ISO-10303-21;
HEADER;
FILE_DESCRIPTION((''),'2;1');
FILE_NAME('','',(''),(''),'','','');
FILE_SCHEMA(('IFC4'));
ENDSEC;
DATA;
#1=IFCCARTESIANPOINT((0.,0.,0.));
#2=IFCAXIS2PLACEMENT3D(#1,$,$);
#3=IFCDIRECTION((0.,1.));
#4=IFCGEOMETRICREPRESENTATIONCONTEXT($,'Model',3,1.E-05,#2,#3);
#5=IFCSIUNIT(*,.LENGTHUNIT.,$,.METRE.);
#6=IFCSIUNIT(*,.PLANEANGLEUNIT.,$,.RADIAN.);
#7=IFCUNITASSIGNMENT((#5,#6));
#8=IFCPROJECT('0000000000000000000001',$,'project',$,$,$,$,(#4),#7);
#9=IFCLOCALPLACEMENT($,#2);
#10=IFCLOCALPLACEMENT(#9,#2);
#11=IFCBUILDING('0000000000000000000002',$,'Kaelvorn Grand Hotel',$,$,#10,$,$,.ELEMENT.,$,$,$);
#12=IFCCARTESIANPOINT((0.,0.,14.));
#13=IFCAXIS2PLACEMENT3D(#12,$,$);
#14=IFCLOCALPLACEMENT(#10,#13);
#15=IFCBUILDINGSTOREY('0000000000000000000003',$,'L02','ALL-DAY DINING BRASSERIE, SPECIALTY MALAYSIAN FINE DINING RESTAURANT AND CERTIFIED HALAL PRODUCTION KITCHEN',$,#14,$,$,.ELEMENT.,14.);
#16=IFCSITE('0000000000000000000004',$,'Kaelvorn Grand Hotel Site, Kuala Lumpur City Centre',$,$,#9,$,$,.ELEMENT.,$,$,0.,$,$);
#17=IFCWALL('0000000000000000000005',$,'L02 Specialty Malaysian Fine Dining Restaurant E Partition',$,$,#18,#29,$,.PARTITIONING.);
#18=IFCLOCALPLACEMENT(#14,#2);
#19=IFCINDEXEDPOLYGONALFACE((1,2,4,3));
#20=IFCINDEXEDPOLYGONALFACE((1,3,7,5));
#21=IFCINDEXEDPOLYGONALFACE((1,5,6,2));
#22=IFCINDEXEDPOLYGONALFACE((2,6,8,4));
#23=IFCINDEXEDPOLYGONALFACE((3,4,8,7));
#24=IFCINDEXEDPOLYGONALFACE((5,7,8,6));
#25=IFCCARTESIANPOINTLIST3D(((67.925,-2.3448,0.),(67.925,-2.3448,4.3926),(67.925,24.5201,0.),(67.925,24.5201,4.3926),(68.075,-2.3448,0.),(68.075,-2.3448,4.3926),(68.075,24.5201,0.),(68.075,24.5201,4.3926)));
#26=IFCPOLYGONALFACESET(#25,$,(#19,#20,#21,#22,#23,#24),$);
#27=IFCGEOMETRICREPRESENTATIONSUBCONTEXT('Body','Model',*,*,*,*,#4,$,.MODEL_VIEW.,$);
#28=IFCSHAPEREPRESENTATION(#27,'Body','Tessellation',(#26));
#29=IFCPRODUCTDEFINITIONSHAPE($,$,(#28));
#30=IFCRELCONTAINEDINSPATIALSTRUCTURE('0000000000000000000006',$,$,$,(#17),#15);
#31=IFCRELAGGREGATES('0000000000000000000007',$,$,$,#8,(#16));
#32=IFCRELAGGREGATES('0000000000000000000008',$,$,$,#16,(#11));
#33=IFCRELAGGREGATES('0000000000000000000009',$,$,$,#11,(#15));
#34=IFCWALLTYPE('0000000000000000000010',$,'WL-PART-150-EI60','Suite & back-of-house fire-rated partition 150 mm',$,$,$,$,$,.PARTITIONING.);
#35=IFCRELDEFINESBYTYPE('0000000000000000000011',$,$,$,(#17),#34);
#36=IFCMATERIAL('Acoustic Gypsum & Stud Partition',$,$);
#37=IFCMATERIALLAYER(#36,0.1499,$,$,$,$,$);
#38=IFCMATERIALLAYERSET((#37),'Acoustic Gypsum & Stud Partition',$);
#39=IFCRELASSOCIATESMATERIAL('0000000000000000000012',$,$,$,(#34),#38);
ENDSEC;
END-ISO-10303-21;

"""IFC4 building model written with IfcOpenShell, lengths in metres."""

from ifc_helpers import new_model, si_unit, direction, frame, frame_2d, origin, place, context, subcontext, project, spatial, rectangle, extrude, material, layer, layer_set, type_object, element, save


model = new_model("IFC4")

# Units and contexts
model_context = context("Model", 3, precision=1e-05, world=origin(), true_north=direction((0.0, 1.0)))
body_context = subcontext(model_context, "Body", "Model", "MODEL_VIEW")
ifc_project = project(units=[si_unit("LENGTHUNIT", "METRE"), si_unit("PLANEANGLEUNIT", "RADIAN")], contexts=[model_context])

# Site, building, storey
site_placement = place(None, origin())
site = spatial("IfcSite", under=ifc_project, at=site_placement, Name="Kaelvorn Grand Hotel Site, Kuala Lumpur City Centre", CompositionType="ELEMENT", RefElevation=0.0)
building_placement = place(site_placement, origin())
building = spatial("IfcBuilding", under=site, at=building_placement, Name="Kaelvorn Grand Hotel", CompositionType="ELEMENT")
storey_placement = place(building_placement, frame((0.0, 0.0, 14.0)))
storey = spatial("IfcBuildingStorey", under=building, at=storey_placement, Name="L02", Description="ALL-DAY DINING BRASSERIE, SPECIALTY MALAYSIAN FINE DINING RESTAURANT AND CERTIFIED HALAL PRODUCTION KITCHEN", CompositionType="ELEMENT", Elevation=14.0)

# Wall
ifc_material_1 = material(Name="Acoustic Gypsum & Stud Partition")
ifc_layer_1 = layer(ifc_material_1, 0.1499)
ifc_layer_set_1 = layer_set([ifc_layer_1], Name="Acoustic Gypsum & Stud Partition")
wall_type_1 = type_object("IfcWallType", Name="WL-PART-150-EI60", Description="Suite & back-of-house fire-rated partition 150 mm", PredefinedType="PARTITIONING", material=ifc_layer_set_1)
wall_1_placement = place(storey_placement, frame((68.0, -2.345, 0.0), z_axis=(0.0, 0.0, 1.0), x_axis=(0.0, 1.0, 0.0)))
element("IfcWall", 1, at=wall_1_placement, inside=storey, type_object=wall_type_1, Name="L02 Specialty Malaysian Fine Dining Restaurant E Partition", PredefinedType="PARTITIONING", context=body_context, shape_type="SweptSolid", body=[
    extrude(rectangle(XDim=26.865, YDim=0.1499, at=frame_2d((13.4326, 0.0))), origin(), (0.0, 0.0, 1.0), 4.3926),
])

save(model, "model.ifc")
